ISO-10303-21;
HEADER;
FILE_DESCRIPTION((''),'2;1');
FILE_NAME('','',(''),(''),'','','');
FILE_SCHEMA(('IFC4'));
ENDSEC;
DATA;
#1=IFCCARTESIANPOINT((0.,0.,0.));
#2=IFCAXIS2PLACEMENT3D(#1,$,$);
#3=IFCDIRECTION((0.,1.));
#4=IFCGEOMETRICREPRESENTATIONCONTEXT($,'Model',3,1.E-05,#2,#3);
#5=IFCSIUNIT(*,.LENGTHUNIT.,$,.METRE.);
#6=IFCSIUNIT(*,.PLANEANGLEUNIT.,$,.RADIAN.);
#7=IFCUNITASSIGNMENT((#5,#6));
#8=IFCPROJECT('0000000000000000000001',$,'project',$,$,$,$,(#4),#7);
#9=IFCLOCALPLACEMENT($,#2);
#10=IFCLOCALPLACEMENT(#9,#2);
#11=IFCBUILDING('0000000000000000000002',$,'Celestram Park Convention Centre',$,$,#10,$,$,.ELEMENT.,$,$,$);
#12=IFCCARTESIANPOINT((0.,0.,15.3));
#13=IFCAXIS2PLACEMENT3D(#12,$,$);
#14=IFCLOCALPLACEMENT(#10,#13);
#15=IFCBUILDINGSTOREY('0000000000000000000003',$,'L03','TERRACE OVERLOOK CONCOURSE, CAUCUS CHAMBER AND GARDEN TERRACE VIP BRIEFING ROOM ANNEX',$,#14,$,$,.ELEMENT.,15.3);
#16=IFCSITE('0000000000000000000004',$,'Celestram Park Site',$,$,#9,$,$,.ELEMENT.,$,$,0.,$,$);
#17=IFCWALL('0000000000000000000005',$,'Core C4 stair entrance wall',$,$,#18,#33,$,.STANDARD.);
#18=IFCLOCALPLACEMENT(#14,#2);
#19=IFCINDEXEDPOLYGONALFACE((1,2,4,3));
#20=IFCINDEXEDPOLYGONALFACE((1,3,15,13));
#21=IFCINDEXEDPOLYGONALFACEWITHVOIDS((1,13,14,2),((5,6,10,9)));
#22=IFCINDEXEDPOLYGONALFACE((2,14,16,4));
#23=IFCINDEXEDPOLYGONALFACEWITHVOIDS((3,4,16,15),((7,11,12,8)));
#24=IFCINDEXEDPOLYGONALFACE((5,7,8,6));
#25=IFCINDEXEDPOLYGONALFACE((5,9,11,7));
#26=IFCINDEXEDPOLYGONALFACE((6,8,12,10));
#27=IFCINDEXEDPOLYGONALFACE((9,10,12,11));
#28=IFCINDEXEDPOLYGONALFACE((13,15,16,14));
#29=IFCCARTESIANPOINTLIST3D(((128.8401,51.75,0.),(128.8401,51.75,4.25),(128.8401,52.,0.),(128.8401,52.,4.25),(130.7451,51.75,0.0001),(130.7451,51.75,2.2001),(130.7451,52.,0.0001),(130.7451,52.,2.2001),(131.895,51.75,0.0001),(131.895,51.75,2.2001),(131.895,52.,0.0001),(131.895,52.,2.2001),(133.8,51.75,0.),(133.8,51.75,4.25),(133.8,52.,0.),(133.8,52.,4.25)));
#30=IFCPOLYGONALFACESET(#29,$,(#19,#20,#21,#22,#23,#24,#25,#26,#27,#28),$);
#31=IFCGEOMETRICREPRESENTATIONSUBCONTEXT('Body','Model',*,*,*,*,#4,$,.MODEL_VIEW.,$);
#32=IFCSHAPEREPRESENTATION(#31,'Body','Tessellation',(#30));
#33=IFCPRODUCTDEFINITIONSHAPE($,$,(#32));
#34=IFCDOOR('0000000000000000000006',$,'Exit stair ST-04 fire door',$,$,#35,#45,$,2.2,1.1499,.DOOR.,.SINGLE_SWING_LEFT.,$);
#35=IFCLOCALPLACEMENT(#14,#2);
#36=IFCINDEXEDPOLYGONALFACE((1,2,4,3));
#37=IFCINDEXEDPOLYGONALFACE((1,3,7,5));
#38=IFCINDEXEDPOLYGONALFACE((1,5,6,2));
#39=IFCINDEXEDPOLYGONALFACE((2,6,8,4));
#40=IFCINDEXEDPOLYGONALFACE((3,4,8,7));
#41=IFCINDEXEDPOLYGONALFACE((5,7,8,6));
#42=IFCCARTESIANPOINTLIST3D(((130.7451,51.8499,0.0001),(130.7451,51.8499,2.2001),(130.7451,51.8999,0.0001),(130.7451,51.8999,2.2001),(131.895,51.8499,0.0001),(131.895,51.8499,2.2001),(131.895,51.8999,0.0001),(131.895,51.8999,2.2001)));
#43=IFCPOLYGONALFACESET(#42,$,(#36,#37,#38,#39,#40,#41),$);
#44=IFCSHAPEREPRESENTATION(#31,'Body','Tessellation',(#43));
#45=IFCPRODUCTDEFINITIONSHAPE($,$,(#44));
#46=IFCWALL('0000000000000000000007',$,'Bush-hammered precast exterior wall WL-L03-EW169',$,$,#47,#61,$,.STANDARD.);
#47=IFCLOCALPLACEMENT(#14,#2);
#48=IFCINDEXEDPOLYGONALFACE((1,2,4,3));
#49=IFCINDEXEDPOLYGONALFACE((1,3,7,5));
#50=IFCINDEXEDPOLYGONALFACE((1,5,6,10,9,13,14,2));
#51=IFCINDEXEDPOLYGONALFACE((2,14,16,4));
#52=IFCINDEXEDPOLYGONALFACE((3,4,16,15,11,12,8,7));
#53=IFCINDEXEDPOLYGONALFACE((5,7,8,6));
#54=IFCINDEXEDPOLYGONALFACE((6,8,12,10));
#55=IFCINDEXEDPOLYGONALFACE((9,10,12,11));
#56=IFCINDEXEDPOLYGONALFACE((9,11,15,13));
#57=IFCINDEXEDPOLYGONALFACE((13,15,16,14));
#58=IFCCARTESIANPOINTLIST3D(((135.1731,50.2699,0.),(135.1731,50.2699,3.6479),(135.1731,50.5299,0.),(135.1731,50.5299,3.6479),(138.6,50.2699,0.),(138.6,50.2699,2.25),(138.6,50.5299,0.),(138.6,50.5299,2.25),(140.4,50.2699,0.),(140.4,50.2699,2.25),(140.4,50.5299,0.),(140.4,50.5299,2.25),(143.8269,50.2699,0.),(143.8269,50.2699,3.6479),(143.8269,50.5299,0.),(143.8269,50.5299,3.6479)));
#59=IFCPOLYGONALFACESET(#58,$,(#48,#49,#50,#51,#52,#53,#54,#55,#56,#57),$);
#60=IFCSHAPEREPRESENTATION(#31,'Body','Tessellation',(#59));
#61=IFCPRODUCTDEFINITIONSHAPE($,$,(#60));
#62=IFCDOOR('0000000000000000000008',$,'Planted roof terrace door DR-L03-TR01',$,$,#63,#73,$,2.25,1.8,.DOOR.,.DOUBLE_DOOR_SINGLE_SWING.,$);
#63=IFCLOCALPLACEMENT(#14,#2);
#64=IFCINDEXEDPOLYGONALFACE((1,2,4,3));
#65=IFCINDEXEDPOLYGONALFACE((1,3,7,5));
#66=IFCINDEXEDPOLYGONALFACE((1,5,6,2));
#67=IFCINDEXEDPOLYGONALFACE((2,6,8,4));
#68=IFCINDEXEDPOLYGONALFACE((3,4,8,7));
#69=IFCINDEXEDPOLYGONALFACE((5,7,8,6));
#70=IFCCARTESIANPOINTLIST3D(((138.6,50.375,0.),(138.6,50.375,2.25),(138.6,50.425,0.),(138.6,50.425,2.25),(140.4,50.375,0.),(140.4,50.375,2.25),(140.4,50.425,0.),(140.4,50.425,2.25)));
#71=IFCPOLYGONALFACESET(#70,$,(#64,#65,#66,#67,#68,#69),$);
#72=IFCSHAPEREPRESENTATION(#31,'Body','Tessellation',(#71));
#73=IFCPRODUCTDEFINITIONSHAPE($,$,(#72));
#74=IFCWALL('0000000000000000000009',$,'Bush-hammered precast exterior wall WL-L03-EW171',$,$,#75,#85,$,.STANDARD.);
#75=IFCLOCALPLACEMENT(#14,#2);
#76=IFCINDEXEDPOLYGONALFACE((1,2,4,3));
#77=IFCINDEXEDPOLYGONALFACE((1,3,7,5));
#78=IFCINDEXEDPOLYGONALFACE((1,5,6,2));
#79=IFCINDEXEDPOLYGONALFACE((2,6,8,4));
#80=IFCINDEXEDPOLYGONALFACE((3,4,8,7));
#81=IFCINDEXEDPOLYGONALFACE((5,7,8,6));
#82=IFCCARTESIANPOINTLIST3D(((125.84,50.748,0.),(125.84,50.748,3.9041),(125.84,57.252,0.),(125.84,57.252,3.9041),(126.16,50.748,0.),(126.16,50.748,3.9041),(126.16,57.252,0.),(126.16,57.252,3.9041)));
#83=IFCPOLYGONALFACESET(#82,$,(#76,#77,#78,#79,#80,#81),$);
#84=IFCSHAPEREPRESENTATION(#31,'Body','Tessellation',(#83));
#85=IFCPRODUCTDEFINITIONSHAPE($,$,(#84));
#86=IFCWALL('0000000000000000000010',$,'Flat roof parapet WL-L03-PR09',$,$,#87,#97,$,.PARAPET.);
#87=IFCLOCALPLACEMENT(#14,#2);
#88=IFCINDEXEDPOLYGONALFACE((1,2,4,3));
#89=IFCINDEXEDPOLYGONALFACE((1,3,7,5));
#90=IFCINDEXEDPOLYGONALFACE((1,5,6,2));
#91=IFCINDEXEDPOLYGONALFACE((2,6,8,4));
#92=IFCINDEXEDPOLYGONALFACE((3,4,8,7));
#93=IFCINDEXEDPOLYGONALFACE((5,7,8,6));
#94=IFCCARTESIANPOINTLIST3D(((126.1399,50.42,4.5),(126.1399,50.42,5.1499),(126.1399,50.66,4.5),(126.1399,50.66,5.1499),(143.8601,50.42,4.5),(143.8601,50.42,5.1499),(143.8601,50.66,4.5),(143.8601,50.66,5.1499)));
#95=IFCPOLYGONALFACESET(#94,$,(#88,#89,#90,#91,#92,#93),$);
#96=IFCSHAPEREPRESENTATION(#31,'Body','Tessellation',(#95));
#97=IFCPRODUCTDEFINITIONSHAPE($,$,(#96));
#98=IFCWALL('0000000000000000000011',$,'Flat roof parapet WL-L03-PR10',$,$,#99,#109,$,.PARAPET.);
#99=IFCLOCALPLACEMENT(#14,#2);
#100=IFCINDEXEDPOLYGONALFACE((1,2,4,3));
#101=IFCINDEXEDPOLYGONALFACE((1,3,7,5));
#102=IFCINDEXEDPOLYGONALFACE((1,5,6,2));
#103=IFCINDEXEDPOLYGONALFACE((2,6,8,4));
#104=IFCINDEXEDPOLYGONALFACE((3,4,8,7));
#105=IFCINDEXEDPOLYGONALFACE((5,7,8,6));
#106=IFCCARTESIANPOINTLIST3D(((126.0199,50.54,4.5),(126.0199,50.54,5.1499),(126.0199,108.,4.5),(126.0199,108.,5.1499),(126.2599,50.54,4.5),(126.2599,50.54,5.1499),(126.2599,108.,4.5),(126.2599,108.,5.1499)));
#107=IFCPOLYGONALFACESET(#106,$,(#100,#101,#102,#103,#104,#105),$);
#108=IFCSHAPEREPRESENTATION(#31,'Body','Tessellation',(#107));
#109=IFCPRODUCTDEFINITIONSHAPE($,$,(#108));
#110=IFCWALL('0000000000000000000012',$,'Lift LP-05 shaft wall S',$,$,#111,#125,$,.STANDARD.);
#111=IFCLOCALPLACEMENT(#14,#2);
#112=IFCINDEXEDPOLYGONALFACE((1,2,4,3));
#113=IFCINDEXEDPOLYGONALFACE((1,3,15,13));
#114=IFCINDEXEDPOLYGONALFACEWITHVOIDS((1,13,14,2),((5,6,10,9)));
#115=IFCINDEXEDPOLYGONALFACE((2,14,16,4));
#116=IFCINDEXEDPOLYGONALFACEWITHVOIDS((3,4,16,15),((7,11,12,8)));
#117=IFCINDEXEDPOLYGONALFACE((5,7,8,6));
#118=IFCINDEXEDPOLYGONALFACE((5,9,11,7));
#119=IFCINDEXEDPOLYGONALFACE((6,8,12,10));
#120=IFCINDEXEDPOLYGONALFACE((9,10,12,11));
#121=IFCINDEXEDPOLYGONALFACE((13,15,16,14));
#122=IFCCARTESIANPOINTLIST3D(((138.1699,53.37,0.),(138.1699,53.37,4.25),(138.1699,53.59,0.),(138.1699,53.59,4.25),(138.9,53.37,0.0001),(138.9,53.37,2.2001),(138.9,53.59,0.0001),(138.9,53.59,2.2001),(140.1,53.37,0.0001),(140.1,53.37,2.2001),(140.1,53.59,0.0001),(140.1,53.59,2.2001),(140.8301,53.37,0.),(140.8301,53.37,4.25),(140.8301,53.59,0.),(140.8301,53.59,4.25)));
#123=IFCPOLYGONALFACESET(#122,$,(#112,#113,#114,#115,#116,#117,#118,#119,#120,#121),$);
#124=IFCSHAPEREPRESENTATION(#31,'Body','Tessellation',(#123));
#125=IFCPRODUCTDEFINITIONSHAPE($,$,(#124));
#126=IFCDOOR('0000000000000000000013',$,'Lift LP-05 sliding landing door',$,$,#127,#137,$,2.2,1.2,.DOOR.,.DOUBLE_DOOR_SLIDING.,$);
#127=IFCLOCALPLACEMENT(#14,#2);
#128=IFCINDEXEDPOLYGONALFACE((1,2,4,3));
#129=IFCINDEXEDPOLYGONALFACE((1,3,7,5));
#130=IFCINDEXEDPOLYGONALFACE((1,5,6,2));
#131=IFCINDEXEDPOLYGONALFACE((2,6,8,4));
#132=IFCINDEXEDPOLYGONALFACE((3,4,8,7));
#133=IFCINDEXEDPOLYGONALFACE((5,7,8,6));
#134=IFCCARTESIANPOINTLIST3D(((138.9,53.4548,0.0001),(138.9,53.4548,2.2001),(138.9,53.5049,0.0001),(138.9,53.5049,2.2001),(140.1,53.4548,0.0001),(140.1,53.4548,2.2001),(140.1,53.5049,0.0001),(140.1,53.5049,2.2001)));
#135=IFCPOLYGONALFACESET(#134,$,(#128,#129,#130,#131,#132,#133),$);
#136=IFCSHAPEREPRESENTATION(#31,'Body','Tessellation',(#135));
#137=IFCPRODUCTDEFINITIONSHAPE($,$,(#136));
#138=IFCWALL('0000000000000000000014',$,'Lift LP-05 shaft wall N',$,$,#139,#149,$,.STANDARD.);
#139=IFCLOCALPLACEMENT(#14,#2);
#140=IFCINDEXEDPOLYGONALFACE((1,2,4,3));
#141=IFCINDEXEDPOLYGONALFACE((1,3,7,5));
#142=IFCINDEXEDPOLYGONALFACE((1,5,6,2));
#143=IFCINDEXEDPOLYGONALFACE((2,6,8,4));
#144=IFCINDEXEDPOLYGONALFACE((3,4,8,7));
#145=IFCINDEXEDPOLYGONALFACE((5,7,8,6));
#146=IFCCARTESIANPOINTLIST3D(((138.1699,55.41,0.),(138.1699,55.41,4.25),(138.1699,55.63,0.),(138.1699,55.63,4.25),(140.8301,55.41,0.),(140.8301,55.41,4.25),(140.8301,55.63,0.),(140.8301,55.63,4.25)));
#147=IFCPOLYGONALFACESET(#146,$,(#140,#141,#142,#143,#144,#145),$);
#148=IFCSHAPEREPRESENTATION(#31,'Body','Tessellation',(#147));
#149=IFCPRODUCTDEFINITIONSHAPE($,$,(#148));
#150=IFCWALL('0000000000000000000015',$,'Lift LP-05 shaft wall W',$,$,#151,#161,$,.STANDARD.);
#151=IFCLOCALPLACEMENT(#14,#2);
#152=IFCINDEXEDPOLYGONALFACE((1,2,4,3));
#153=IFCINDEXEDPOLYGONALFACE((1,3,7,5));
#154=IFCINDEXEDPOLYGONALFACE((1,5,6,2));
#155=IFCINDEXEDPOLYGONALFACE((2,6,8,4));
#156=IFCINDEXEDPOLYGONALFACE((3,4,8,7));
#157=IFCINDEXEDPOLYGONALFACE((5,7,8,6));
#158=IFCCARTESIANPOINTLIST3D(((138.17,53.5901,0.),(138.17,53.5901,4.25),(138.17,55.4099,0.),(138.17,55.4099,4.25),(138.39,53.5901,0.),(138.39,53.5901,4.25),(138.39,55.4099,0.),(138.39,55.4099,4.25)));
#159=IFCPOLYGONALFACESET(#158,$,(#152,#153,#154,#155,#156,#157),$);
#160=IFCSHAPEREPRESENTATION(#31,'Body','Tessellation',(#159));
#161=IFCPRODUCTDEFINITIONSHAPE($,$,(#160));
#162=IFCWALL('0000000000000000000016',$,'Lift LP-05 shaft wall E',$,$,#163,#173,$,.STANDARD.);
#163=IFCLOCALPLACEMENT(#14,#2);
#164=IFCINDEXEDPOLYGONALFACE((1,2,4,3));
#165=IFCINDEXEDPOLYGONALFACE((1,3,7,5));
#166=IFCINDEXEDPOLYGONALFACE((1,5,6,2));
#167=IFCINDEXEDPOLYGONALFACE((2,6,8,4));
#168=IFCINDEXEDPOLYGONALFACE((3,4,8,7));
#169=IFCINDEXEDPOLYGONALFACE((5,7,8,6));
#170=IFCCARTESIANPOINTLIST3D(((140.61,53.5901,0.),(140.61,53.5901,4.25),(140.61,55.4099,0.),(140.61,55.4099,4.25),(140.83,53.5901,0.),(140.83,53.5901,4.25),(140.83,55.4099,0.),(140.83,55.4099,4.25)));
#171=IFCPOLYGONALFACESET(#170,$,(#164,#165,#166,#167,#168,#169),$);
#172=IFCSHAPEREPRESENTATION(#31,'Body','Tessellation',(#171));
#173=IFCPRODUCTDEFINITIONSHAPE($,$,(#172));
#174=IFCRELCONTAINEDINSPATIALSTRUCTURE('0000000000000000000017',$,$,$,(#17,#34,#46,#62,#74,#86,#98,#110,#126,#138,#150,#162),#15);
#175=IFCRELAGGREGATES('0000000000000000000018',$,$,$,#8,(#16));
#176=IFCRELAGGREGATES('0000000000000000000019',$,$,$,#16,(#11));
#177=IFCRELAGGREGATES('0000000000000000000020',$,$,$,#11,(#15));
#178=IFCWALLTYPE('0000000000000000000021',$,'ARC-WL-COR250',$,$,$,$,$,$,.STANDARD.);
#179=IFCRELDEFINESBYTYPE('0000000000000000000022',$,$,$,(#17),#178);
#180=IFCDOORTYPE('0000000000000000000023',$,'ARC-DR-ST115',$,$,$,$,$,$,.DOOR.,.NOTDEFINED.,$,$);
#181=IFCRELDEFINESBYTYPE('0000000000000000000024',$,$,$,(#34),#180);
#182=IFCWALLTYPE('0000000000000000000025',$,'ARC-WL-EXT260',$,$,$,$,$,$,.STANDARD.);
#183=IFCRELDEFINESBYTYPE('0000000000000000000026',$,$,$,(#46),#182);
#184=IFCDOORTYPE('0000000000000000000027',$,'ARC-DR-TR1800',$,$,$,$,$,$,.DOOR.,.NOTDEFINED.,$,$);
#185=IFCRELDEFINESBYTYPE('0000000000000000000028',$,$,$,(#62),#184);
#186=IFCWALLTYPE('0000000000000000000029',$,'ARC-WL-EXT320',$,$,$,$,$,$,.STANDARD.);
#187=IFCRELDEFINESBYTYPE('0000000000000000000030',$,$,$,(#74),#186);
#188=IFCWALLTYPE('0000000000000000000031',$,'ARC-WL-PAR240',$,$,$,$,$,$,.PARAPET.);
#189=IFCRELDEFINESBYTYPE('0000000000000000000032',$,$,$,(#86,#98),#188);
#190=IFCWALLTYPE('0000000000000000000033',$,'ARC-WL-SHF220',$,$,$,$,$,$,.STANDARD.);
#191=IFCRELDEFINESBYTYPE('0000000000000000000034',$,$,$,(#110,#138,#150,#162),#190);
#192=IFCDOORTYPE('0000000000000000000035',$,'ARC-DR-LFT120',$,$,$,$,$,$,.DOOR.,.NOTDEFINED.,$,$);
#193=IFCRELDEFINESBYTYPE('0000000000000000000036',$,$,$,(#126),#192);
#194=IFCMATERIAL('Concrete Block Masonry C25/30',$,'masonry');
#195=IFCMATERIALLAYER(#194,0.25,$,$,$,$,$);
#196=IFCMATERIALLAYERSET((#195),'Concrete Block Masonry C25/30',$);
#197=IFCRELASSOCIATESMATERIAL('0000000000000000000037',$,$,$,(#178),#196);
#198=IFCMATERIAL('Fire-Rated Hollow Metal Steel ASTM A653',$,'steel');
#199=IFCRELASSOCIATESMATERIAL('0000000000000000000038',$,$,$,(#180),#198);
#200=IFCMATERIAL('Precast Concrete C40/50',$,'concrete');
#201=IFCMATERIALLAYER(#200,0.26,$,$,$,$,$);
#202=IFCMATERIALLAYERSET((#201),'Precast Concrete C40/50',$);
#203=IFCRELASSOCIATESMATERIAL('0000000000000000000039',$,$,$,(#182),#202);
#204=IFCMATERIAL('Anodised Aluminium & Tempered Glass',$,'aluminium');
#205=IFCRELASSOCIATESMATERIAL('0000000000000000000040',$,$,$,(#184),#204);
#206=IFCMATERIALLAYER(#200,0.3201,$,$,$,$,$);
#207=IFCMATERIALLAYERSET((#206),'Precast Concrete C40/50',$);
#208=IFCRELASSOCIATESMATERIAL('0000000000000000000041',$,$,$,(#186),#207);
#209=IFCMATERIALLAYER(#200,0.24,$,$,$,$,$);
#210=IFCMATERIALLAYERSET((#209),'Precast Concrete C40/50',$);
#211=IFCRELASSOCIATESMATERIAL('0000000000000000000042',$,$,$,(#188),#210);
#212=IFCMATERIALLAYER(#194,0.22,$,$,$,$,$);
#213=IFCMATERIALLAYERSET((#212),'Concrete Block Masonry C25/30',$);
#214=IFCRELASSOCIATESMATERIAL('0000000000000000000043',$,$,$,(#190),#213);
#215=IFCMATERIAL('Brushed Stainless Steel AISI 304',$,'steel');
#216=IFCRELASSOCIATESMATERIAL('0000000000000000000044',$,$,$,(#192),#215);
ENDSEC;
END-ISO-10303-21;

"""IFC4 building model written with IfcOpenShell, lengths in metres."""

from ifc_helpers import new_model, si_unit, direction, frame, frame_2d, origin, place, context, subcontext, project, spatial, rectangle, extrude, material, layer, layer_set, type_object, element, fill, save


model = new_model("IFC4")

# Units and contexts
model_context = context("Model", 3, precision=1e-05, world=origin(), true_north=direction((0.0, 1.0)))
body_context = subcontext(model_context, "Body", "Model", "MODEL_VIEW")
ifc_project = project(units=[si_unit("LENGTHUNIT", "METRE"), si_unit("PLANEANGLEUNIT", "RADIAN")], contexts=[model_context])

# Site, building, storey
site_placement = place(None, origin())
site = spatial("IfcSite", under=ifc_project, at=site_placement, Name="Celestram Park Site", CompositionType="ELEMENT", RefElevation=0.0)
building_placement = place(site_placement, origin())
building = spatial("IfcBuilding", under=site, at=building_placement, Name="Celestram Park Convention Centre", CompositionType="ELEMENT")
storey_placement = place(building_placement, frame((0.0, 0.0, 15.3)))
storey = spatial("IfcBuildingStorey", under=building, at=storey_placement, Name="L03", Description="TERRACE OVERLOOK CONCOURSE, CAUCUS CHAMBER AND GARDEN TERRACE VIP BRIEFING ROOM ANNEX", CompositionType="ELEMENT", Elevation=15.3)

# Walls, openings, doors
ifc_material_1 = material(Name="Concrete Block Masonry C25/30", Category="masonry")
ifc_layer_1 = layer(ifc_material_1, 0.25)
ifc_layer_set_1 = layer_set([ifc_layer_1], Name="Concrete Block Masonry C25/30")
wall_type_1 = type_object("IfcWallType", Name="ARC-WL-COR250", PredefinedType="STANDARD", material=ifc_layer_set_1)
wall_1_placement = place(storey_placement, frame((128.8401, 51.875, 0.0), z_axis=(0.0, 0.0, 1.0), x_axis=(1.0, 0.0, 0.0)))
wall_1 = element("IfcWall", 1, at=wall_1_placement, inside=storey, type_object=wall_type_1, Name="Core C4 stair entrance wall", PredefinedType="STANDARD", context=body_context, shape_type="SweptSolid", body=[
    extrude(rectangle(XDim=4.96, YDim=0.25, at=frame_2d((2.48, 0.0))), origin(), (0.0, 0.0, 1.0), 4.25),
])
opening_1_placement = place(wall_1_placement, frame((1.905, 0.0, 0.0)))
opening_1 = element("IfcOpeningElement", 2, at=opening_1_placement, cuts=wall_1, PredefinedType="OPENING", context=body_context, shape_type="SweptSolid", body=[
    extrude(rectangle(XDim=1.1499, YDim=2.2, at=frame_2d((0.575, 1.1001))), frame((0.0, 0.135, 0.0), z_axis=(0.0, -1.0, 0.0), x_axis=(1.0, 0.0, 0.0)), (0.0, 0.0, 1.0), 0.27),
])
ifc_material_2 = material(Name="Fire-Rated Hollow Metal Steel ASTM A653", Category="steel")
door_type_1 = type_object("IfcDoorType", Name="ARC-DR-ST115", OperationType="NOTDEFINED", PredefinedType="DOOR", material=ifc_material_2)
door_1_placement = place(opening_1_placement, origin())
door_1 = element("IfcDoor", 3, at=door_1_placement, inside=storey, type_object=door_type_1, Name="Exit stair ST-04 fire door", OperationType="SINGLE_SWING_LEFT", OverallHeight=2.2, OverallWidth=1.1499, PredefinedType="DOOR", context=body_context, shape_type="SweptSolid", body=[
    extrude(rectangle(XDim=1.1499, YDim=2.2, at=frame_2d((0.575, 1.1001))), frame((0.0, 0.0249, 0.0), z_axis=(0.0, -1.0, 0.0), x_axis=(1.0, 0.0, 0.0)), (0.0, 0.0, 1.0), 0.05),
])
fill(opening_1, door_1)
ifc_material_3 = material(Name="Precast Concrete C40/50", Category="concrete")
ifc_layer_2 = layer(ifc_material_3, 0.26)
ifc_layer_set_2 = layer_set([ifc_layer_2], Name="Precast Concrete C40/50")
wall_type_2 = type_object("IfcWallType", Name="ARC-WL-EXT260", PredefinedType="STANDARD", material=ifc_layer_set_2)
wall_2_placement = place(storey_placement, frame((143.8269, 50.3999, 0.0), z_axis=(0.0, 0.0, 1.0), x_axis=(-1.0, 0.0, 0.0)))
wall_2 = element("IfcWall", 4, at=wall_2_placement, inside=storey, type_object=wall_type_2, Name="Bush-hammered precast exterior wall WL-L03-EW169", PredefinedType="STANDARD", context=body_context, shape_type="SweptSolid", body=[
    extrude(rectangle(XDim=8.6538, YDim=0.26, at=frame_2d((4.3269, 0.0))), origin(), (0.0, 0.0, 1.0), 3.6479),
])
opening_2_placement = place(wall_2_placement, frame((3.427, 0.0, 0.0)))
opening_2 = element("IfcOpeningElement", 5, at=opening_2_placement, cuts=wall_2, PredefinedType="OPENING", context=body_context, shape_type="SweptSolid", body=[
    extrude(rectangle(XDim=1.8, YDim=2.25, at=frame_2d((0.8999, 1.125))), frame((0.0, 0.1399, 0.0), z_axis=(0.0, -1.0, 0.0), x_axis=(1.0, 0.0, 0.0)), (0.0, 0.0, 1.0), 0.28),
])
ifc_material_4 = material(Name="Anodised Aluminium & Tempered Glass", Category="aluminium")
door_type_2 = type_object("IfcDoorType", Name="ARC-DR-TR1800", OperationType="NOTDEFINED", PredefinedType="DOOR", material=ifc_material_4)
door_2_placement = place(opening_2_placement, origin())
door_2 = element("IfcDoor", 6, at=door_2_placement, inside=storey, type_object=door_type_2, Name="Planted roof terrace door DR-L03-TR01", OperationType="DOUBLE_DOOR_SINGLE_SWING", OverallHeight=2.25, OverallWidth=1.8, PredefinedType="DOOR", context=body_context, shape_type="SweptSolid", body=[
    extrude(rectangle(XDim=1.8, YDim=2.25, at=frame_2d((0.8999, 1.125))), frame((0.0, 0.0249, 0.0), z_axis=(0.0, -1.0, 0.0), x_axis=(1.0, 0.0, 0.0)), (0.0, 0.0, 1.0), 0.05),
])
fill(opening_2, door_2)

# Walls
ifc_layer_3 = layer(ifc_material_3, 0.3201)
ifc_layer_set_3 = layer_set([ifc_layer_3], Name="Precast Concrete C40/50")
wall_type_3 = type_object("IfcWallType", Name="ARC-WL-EXT320", PredefinedType="STANDARD", material=ifc_layer_set_3)
wall_3_placement = place(storey_placement, frame((126.0, 50.748, 0.0), z_axis=(0.0, 0.0, 1.0), x_axis=(0.0, 1.0, 0.0)))
element("IfcWall", 7, at=wall_3_placement, inside=storey, type_object=wall_type_3, Name="Bush-hammered precast exterior wall WL-L03-EW171", PredefinedType="STANDARD", context=body_context, shape_type="SweptSolid", body=[
    extrude(rectangle(XDim=6.5039, YDim=0.3201, at=frame_2d((3.252, 0.0))), origin(), (0.0, 0.0, 1.0), 3.9041),
])
ifc_layer_4 = layer(ifc_material_3, 0.24)
ifc_layer_set_4 = layer_set([ifc_layer_4], Name="Precast Concrete C40/50")
wall_type_4 = type_object("IfcWallType", Name="ARC-WL-PAR240", PredefinedType="PARAPET", material=ifc_layer_set_4)
wall_4_placement = place(storey_placement, frame((143.8601, 50.54, 4.5), z_axis=(0.0, 0.0, 1.0), x_axis=(-1.0, 0.0, 0.0)))
element("IfcWall", 8, at=wall_4_placement, inside=storey, type_object=wall_type_4, Name="Flat roof parapet WL-L03-PR09", PredefinedType="PARAPET", context=body_context, shape_type="SweptSolid", body=[
    extrude(rectangle(XDim=17.7202, YDim=0.24, at=frame_2d((8.8601, 0.0))), origin(), (0.0, 0.0, 1.0), 0.6499),
])
wall_5_placement = place(storey_placement, frame((126.1399, 50.54, 4.5), z_axis=(0.0, 0.0, 1.0), x_axis=(0.0, 1.0, 0.0)))
element("IfcWall", 9, at=wall_5_placement, inside=storey, type_object=wall_type_4, Name="Flat roof parapet WL-L03-PR10", PredefinedType="PARAPET", context=body_context, shape_type="SweptSolid", body=[
    extrude(rectangle(XDim=57.46, YDim=0.24, at=frame_2d((28.73, 0.0))), origin(), (0.0, 0.0, 1.0), 0.6499),
])

# Wall, opening, door
ifc_layer_5 = layer(ifc_material_1, 0.22)
ifc_layer_set_5 = layer_set([ifc_layer_5], Name="Concrete Block Masonry C25/30")
wall_type_5 = type_object("IfcWallType", Name="ARC-WL-SHF220", PredefinedType="STANDARD", material=ifc_layer_set_5)
wall_6_placement = place(storey_placement, frame((138.1699, 53.48, 0.0), z_axis=(0.0, 0.0, 1.0), x_axis=(1.0, 0.0, 0.0)))
wall_6 = element("IfcWall", 10, at=wall_6_placement, inside=storey, type_object=wall_type_5, Name="Lift LP-05 shaft wall S", PredefinedType="STANDARD", context=body_context, shape_type="SweptSolid", body=[
    extrude(rectangle(XDim=2.6602, YDim=0.22, at=frame_2d((1.3301, 0.0))), origin(), (0.0, 0.0, 1.0), 4.25),
])
opening_3_placement = place(wall_6_placement, frame((0.73, 0.0, 0.0)))
opening_3 = element("IfcOpeningElement", 11, at=opening_3_placement, cuts=wall_6, PredefinedType="OPENING", context=body_context, shape_type="SweptSolid", body=[
    extrude(rectangle(XDim=1.2, YDim=2.2, at=frame_2d((0.6001, 1.1001))), frame((0.0, 0.1199, 0.0), z_axis=(0.0, -1.0, 0.0), x_axis=(1.0, 0.0, 0.0)), (0.0, 0.0, 1.0), 0.24),
])
ifc_material_5 = material(Name="Brushed Stainless Steel AISI 304", Category="steel")
door_type_3 = type_object("IfcDoorType", Name="ARC-DR-LFT120", OperationType="NOTDEFINED", PredefinedType="DOOR", material=ifc_material_5)
door_3_placement = place(opening_3_placement, origin())
door_3 = element("IfcDoor", 12, at=door_3_placement, inside=storey, type_object=door_type_3, Name="Lift LP-05 sliding landing door", OperationType="DOUBLE_DOOR_SLIDING", OverallHeight=2.2, OverallWidth=1.2, PredefinedType="DOOR", context=body_context, shape_type="SweptSolid", body=[
    extrude(rectangle(XDim=1.2, YDim=2.2, at=frame_2d((0.6001, 1.1001))), frame((0.0, 0.0249, 0.0), z_axis=(0.0, -1.0, 0.0), x_axis=(1.0, 0.0, 0.0)), (0.0, 0.0, 1.0), 0.05),
])
fill(opening_3, door_3)

# Walls
wall_7_placement = place(storey_placement, frame((140.8301, 55.52, 0.0), z_axis=(0.0, 0.0, 1.0), x_axis=(-1.0, 0.0, 0.0)))
element("IfcWall", 13, at=wall_7_placement, inside=storey, type_object=wall_type_5, Name="Lift LP-05 shaft wall N", PredefinedType="STANDARD", context=body_context, shape_type="SweptSolid", body=[
    extrude(rectangle(XDim=2.6602, YDim=0.22, at=frame_2d((1.3301, 0.0))), origin(), (0.0, 0.0, 1.0), 4.25),
])
for number, where, z_axis, x_axis, name in (
    (14, (138.28, 55.4099, 0.0), (0.0, 0.0, 1.0), (0.0, -1.0, 0.0), "Lift LP-05 shaft wall W"),
    (15, (140.72, 53.5901, 0.0), (0.0, 0.0, 1.0), (0.0, 1.0, 0.0), "Lift LP-05 shaft wall E"),
):
    element("IfcWall", number, at=place(storey_placement, frame(where, z_axis=z_axis, x_axis=x_axis)), inside=storey, type_object=wall_type_5, Name=name, PredefinedType="STANDARD", context=body_context, shape_type="SweptSolid", body=[
        extrude(rectangle(XDim=1.8198, YDim=0.22, at=frame_2d((0.9099, 0.0))), origin(), (0.0, 0.0, 1.0), 4.25),
    ])

save(model, "model.ifc")
